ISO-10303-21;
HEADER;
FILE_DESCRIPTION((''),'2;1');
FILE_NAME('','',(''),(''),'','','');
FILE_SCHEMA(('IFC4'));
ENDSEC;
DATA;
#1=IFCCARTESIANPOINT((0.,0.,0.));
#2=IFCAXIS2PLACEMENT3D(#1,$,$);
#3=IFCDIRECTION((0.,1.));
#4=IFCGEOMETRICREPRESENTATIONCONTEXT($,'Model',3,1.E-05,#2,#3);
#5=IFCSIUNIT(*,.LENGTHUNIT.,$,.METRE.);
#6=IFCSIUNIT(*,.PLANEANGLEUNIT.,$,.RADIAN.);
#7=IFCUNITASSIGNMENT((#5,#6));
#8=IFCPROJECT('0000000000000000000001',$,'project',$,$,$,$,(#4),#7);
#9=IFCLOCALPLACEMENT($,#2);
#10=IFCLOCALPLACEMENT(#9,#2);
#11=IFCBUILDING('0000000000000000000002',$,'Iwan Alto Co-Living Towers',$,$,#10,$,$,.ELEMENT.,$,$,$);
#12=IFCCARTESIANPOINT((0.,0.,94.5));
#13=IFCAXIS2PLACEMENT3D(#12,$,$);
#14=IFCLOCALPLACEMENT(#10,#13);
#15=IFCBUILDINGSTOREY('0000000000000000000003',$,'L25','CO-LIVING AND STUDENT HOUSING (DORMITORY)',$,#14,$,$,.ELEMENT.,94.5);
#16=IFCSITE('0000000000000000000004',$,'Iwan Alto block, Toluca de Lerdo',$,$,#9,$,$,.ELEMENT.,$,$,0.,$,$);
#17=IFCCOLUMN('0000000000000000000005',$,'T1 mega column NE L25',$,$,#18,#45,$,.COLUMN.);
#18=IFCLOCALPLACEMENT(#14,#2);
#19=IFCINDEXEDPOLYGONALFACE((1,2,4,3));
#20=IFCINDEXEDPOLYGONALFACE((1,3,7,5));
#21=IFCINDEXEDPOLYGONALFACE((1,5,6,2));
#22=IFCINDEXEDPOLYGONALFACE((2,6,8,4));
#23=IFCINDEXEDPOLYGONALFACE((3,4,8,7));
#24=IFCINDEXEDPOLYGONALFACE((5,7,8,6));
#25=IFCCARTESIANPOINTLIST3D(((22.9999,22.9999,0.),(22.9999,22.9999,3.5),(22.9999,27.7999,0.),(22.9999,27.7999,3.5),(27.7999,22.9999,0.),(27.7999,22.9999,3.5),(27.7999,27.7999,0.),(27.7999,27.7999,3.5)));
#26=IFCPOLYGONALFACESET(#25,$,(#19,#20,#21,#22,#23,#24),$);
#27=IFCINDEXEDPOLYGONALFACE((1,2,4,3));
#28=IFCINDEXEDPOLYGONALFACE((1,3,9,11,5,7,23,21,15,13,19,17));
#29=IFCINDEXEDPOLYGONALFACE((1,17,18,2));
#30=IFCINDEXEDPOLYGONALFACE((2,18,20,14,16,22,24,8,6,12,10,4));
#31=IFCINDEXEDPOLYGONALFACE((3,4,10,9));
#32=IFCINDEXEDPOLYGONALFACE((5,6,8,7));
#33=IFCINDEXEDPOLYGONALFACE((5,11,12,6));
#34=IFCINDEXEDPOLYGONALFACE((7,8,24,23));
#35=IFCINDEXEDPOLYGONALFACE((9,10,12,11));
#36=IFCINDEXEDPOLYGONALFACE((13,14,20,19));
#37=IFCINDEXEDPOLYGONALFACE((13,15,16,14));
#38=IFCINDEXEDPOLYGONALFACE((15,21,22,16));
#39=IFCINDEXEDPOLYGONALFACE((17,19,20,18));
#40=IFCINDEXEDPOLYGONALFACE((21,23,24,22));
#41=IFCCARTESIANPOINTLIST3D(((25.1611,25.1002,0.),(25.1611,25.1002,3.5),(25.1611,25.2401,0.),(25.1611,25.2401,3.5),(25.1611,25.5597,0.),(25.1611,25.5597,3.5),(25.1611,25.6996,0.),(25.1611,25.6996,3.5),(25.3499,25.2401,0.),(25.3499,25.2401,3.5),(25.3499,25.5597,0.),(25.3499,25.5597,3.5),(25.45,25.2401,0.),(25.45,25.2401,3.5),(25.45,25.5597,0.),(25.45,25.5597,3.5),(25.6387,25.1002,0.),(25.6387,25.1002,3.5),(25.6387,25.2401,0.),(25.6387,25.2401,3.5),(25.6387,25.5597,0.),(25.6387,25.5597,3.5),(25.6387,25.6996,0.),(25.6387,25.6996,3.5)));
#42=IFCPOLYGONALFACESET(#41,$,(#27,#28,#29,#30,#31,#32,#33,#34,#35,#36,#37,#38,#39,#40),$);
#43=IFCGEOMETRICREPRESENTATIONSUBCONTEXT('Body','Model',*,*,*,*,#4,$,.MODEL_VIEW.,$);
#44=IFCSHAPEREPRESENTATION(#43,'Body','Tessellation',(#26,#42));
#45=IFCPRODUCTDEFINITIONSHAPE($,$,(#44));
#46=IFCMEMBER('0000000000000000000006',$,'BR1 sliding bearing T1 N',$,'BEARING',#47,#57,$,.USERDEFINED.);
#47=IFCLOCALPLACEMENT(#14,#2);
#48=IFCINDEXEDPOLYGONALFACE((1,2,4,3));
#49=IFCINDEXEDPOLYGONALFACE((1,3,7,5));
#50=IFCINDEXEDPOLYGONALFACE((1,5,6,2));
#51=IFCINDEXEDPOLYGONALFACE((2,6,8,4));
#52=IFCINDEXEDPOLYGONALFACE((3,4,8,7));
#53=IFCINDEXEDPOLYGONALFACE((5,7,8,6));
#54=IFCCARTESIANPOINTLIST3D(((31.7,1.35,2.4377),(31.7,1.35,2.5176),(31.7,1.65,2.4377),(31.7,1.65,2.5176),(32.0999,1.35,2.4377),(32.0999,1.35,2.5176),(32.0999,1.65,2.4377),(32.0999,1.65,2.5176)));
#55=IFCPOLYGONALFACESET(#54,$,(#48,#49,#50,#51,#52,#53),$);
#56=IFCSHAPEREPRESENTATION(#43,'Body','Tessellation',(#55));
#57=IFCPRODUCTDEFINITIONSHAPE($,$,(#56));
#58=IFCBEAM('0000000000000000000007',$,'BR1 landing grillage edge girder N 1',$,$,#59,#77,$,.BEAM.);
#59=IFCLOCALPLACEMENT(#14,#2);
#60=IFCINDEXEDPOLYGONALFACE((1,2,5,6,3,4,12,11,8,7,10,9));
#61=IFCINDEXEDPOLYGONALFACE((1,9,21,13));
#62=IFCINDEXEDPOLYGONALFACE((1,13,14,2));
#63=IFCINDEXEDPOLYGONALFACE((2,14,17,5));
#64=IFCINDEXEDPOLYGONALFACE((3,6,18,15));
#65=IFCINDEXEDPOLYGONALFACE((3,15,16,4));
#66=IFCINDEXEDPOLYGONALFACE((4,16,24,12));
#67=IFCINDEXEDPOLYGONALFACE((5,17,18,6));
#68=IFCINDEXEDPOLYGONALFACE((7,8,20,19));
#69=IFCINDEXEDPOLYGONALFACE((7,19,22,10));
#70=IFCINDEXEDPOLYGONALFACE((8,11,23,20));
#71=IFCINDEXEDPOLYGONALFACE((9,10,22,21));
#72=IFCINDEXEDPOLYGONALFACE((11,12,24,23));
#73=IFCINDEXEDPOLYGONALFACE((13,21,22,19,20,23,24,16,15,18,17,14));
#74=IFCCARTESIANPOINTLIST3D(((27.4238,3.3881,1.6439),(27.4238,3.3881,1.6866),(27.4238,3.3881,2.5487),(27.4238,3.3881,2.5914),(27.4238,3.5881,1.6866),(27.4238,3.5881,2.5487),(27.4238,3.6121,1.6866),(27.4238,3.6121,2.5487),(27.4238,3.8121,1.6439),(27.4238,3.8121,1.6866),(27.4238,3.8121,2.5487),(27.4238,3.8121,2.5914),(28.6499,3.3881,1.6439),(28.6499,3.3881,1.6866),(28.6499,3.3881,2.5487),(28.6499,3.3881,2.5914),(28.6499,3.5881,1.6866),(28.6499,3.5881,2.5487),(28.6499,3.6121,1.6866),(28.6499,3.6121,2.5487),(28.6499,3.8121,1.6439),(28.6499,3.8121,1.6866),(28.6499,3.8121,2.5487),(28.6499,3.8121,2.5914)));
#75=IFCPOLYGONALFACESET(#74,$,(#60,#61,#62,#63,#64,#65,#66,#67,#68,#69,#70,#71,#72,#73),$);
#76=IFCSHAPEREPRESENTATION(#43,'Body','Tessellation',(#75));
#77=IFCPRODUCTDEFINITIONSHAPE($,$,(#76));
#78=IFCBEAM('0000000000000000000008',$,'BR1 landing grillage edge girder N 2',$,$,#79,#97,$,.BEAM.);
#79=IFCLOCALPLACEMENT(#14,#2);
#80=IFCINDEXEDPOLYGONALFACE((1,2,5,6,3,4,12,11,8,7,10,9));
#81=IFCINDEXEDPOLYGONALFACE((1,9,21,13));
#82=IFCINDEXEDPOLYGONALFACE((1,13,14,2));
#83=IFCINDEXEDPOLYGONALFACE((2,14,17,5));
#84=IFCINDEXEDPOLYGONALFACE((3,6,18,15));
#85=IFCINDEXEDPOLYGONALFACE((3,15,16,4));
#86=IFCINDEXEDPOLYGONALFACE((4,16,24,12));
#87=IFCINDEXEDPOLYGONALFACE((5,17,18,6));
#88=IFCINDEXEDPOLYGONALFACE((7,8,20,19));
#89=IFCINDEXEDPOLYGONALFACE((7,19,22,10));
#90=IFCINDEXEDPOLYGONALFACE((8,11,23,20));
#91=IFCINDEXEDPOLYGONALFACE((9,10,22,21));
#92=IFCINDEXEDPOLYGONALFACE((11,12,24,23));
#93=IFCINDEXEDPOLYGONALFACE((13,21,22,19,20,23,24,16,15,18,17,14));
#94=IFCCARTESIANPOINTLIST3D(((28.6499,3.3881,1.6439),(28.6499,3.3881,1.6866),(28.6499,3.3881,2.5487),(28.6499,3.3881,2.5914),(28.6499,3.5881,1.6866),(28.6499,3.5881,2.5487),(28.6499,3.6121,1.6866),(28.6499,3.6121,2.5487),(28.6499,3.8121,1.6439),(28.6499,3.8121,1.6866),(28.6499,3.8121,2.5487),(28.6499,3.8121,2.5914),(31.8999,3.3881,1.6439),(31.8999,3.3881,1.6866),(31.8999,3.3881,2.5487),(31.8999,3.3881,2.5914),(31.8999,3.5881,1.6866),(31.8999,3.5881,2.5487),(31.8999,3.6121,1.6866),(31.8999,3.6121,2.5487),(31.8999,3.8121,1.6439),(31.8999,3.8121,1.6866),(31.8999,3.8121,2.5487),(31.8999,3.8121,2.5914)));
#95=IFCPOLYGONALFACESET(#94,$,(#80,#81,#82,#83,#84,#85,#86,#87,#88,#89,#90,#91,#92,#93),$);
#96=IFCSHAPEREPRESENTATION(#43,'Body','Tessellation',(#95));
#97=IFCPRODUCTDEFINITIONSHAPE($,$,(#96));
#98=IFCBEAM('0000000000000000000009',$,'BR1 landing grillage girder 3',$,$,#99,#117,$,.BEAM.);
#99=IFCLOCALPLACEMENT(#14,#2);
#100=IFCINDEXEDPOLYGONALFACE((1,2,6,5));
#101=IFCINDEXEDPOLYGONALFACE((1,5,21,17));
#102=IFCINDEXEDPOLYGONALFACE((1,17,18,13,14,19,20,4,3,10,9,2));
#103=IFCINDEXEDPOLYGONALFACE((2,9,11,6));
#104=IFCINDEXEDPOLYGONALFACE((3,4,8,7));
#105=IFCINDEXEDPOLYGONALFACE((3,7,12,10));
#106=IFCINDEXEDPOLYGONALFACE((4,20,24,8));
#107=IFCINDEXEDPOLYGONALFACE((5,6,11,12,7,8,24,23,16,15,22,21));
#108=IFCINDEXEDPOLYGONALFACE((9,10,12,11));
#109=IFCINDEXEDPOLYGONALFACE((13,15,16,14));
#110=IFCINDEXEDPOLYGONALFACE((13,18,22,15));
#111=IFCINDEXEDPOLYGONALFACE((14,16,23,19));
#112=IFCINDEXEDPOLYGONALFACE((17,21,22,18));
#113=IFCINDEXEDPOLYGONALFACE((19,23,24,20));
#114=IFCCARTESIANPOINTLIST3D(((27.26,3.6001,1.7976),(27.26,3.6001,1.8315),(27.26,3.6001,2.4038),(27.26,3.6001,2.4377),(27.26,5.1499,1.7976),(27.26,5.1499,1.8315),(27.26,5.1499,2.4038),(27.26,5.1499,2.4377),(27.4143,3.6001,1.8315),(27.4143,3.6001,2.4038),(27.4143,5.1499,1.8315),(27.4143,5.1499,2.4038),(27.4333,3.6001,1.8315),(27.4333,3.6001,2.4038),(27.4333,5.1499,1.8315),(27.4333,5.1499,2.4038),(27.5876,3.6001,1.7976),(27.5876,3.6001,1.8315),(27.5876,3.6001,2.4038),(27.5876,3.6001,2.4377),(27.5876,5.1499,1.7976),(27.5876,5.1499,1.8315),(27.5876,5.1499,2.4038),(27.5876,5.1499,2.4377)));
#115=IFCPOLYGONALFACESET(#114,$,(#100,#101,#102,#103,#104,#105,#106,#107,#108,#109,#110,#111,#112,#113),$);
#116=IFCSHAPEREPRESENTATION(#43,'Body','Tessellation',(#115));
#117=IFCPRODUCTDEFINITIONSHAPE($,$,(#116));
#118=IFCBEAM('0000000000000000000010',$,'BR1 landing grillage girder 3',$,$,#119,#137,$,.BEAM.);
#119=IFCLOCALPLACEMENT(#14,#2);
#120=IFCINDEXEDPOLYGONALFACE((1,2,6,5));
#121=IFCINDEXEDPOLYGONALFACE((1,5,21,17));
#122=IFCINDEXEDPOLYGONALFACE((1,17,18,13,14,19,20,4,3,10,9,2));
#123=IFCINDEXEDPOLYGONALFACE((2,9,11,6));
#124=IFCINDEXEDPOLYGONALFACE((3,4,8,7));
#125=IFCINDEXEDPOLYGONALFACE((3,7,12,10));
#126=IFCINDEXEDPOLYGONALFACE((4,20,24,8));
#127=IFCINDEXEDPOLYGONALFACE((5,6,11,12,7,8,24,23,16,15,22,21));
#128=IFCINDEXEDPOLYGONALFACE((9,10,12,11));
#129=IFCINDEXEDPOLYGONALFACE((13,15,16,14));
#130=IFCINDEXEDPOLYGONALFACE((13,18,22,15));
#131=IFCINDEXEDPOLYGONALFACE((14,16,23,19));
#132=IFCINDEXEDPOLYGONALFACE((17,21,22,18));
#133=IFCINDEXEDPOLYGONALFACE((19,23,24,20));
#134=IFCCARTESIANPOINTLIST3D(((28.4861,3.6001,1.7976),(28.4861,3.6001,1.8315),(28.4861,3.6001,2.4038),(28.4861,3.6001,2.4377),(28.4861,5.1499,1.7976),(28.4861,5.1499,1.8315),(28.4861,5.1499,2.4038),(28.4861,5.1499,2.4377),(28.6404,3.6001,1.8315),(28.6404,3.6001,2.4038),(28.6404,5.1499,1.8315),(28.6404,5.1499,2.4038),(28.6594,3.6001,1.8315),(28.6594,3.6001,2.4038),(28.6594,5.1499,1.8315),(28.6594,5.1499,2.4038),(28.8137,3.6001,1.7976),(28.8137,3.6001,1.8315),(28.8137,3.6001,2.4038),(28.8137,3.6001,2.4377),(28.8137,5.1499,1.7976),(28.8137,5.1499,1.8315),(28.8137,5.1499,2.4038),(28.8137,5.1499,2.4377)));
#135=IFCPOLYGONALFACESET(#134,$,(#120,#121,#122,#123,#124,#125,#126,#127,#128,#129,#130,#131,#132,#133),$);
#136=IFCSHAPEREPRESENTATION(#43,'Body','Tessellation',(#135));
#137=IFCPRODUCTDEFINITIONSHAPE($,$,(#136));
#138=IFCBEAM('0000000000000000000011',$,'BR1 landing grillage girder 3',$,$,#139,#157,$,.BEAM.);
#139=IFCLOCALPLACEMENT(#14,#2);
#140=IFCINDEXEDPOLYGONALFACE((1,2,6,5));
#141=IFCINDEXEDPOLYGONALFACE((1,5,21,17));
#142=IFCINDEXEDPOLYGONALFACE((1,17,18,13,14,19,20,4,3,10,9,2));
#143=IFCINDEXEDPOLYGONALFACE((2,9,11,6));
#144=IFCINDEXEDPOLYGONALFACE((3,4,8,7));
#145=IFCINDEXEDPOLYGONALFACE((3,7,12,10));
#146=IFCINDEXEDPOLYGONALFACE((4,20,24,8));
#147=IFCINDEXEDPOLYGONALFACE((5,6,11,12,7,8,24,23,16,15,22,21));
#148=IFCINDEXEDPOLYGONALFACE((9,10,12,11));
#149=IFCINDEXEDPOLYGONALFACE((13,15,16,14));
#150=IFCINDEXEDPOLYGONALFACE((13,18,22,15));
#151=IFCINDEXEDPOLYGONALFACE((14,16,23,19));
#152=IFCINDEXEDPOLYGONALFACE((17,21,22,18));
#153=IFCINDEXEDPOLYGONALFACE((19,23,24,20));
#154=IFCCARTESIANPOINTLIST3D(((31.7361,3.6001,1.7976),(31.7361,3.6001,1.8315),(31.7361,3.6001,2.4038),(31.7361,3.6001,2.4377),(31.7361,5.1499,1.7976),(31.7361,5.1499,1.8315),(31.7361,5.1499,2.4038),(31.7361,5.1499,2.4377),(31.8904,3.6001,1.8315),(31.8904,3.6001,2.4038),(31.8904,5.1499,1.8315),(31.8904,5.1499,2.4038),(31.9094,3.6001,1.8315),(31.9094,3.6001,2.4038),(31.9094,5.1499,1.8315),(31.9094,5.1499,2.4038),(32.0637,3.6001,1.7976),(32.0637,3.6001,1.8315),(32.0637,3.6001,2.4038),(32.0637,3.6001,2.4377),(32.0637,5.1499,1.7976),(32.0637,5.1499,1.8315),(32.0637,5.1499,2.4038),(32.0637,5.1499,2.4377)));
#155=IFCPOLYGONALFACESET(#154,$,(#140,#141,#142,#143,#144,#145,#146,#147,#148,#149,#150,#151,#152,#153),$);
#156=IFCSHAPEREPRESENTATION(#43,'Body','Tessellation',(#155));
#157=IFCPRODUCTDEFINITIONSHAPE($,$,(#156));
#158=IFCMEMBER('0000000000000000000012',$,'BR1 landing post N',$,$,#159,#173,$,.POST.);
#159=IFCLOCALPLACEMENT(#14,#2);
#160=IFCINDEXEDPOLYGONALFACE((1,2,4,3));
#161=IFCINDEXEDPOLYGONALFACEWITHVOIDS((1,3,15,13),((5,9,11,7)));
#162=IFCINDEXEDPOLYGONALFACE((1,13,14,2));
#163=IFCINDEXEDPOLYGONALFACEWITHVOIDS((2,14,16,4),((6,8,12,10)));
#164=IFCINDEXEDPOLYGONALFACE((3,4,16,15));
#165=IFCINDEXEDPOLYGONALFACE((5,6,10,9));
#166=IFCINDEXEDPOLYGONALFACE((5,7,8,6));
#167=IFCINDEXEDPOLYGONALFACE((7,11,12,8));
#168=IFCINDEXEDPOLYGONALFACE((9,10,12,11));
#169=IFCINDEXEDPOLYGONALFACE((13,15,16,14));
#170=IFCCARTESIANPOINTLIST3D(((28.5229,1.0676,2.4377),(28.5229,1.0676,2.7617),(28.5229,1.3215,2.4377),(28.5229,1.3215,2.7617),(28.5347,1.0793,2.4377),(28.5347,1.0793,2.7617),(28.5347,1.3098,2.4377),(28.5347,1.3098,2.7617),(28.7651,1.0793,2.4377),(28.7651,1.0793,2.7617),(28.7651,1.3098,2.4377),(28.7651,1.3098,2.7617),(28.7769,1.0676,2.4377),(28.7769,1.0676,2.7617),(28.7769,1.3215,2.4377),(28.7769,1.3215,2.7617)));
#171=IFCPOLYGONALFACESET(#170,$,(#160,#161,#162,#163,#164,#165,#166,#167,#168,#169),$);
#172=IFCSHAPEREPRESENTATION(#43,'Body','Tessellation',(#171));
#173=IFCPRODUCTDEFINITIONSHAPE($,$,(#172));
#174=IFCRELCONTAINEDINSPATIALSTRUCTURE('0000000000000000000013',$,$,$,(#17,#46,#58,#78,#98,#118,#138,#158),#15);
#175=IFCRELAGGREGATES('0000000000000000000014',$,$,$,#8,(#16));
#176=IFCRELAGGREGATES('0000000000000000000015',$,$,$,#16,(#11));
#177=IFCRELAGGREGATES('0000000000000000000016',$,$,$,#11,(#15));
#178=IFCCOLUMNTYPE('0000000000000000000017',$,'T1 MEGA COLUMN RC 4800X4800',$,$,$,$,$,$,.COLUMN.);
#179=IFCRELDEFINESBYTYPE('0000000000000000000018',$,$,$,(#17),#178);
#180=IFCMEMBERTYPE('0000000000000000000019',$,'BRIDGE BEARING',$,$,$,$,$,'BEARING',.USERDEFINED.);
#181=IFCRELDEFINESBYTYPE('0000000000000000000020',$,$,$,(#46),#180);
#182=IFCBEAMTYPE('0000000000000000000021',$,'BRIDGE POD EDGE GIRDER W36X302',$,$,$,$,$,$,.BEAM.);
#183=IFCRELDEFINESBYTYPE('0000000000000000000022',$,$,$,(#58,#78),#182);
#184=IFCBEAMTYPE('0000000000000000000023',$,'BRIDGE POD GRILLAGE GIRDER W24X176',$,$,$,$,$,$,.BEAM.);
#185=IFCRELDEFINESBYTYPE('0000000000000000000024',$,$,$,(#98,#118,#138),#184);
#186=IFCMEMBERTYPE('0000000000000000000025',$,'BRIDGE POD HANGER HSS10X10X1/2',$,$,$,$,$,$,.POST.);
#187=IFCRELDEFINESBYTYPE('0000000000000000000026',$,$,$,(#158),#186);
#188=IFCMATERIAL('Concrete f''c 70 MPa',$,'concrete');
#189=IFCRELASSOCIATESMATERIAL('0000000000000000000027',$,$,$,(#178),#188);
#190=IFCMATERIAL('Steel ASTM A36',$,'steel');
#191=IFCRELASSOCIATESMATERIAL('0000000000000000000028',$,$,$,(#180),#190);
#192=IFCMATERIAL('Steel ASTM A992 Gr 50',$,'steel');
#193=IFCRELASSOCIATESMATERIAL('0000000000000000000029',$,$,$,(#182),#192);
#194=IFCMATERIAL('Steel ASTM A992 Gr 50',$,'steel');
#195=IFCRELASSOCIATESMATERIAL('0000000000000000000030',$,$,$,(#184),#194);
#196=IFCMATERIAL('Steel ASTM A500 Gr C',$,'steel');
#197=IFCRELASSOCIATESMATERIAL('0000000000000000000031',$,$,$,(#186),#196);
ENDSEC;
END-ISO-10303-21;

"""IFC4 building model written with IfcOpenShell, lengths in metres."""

from ifc_helpers import new_model, si_unit, direction, frame, origin, origin_2d, place, context, subcontext, project, spatial, rectangle, hollow_rectangle, i_section, extrude, material, material_profile, profile_set, type_object, element, save


model = new_model("IFC4")

# Units and contexts
model_context = context("Model", 3, precision=1e-05, world=origin(), true_north=direction((0.0, 1.0)))
body_context = subcontext(model_context, "Body", "Model", "MODEL_VIEW")
ifc_project = project(units=[si_unit("LENGTHUNIT", "METRE"), si_unit("PLANEANGLEUNIT", "RADIAN")], contexts=[model_context])

# Site, building, storey
site_placement = place(None, origin())
site = spatial("IfcSite", under=ifc_project, at=site_placement, Name="Iwan Alto block, Toluca de Lerdo", CompositionType="ELEMENT", RefElevation=0.0)
building_placement = place(site_placement, origin())
building = spatial("IfcBuilding", under=site, at=building_placement, Name="Iwan Alto Co-Living Towers", CompositionType="ELEMENT")
storey_placement = place(building_placement, frame((0.0, 0.0, 94.5)))
storey = spatial("IfcBuildingStorey", under=building, at=storey_placement, Name="L25", Description="CO-LIVING AND STUDENT HOUSING (DORMITORY)", CompositionType="ELEMENT", Elevation=94.5)

# Column
ifc_material_1 = material(Name="Concrete f'c 70 MPa", Category="concrete")
ifc_material_profile_1 = material_profile(ifc_material_1, rectangle(XDim=4.8, YDim=4.8, at=origin_2d()), Name="RC 4800X4800")
ifc_profile_set_1 = profile_set([ifc_material_profile_1], Name="Concrete f'c 70 MPa")
column_type = type_object("IfcColumnType", Name="T1 MEGA COLUMN RC 4800X4800", PredefinedType="COLUMN", material=ifc_profile_set_1)
column_placement = place(storey_placement, frame((25.3999, 25.3999, 0.0), z_axis=(0.0, 0.0, 1.0), x_axis=(1.0, 0.0, 0.0)))
element("IfcColumn", 1, at=column_placement, inside=storey, type_object=column_type, Name="T1 mega column NE L25", PredefinedType="COLUMN", context=body_context, shape_type="SweptSolid", body=[
    extrude(rectangle(XDim=4.8, YDim=4.8, at=origin_2d()), origin(), (0.0, 0.0, 1.0), 3.5),
    extrude(i_section(OverallWidth=0.4775, OverallDepth=0.5994, WebThickness=0.1001, FlangeThickness=0.1399, at=origin_2d()), origin(), (0.0, 0.0, 1.0), 3.5),
])

# Member
ifc_material_2 = material(Name="Steel ASTM A36", Category="steel")
ifc_material_profile_2 = material_profile(ifc_material_2, rectangle(XDim=0.3999, YDim=0.3, at=origin_2d()), Name="BEARING 400X300")
ifc_profile_set_2 = profile_set([ifc_material_profile_2], Name="Steel ASTM A36")
member_type_1 = type_object("IfcMemberType", Name="BRIDGE BEARING", ElementType="BEARING", PredefinedType="USERDEFINED", material=ifc_profile_set_2)
member_1_placement = place(storey_placement, frame((31.8999, 1.5, 2.5176), z_axis=(0.0, 0.0, -1.0), x_axis=(1.0, 0.0, 0.0)))
element("IfcMember", 2, at=member_1_placement, inside=storey, type_object=member_type_1, Name="BR1 sliding bearing T1 N", ObjectType="BEARING", PredefinedType="USERDEFINED", context=body_context, shape_type="SweptSolid", body=[
    extrude(rectangle(XDim=0.3999, YDim=0.3, at=origin_2d()), origin(), (0.0, 0.0, 1.0), 0.0798),
])

# Beams
ifc_material_3 = material(Name="Steel ASTM A992 Gr 50", Category="steel")
ifc_material_profile_3 = material_profile(ifc_material_3, i_section(OverallWidth=0.4241, OverallDepth=0.9475, WebThickness=0.0239, FlangeThickness=0.0427, at=origin_2d()), Name="W36X302")
ifc_profile_set_3 = profile_set([ifc_material_profile_3], Name="Steel ASTM A992 Gr 50")
beam_type_1 = type_object("IfcBeamType", Name="BRIDGE POD EDGE GIRDER W36X302", PredefinedType="BEAM", material=ifc_profile_set_3)
beam_1_placement = place(storey_placement, frame((27.4238, 3.6001, 2.1177), z_axis=(1.0, 0.0, 0.0), x_axis=(0.0, 1.0, 0.0)))
element("IfcBeam", 3, at=beam_1_placement, inside=storey, type_object=beam_type_1, Name="BR1 landing grillage edge girder N 1", PredefinedType="BEAM", context=body_context, shape_type="SweptSolid", body=[
    extrude(i_section(OverallWidth=0.4241, OverallDepth=0.9475, WebThickness=0.0239, FlangeThickness=0.0427, at=origin_2d()), origin(), (0.0, 0.0, 1.0), 1.2261),
])
beam_2_placement = place(storey_placement, frame((28.6499, 3.6001, 2.1177), z_axis=(1.0, 0.0, 0.0), x_axis=(0.0, 1.0, 0.0)))
element("IfcBeam", 4, at=beam_2_placement, inside=storey, type_object=beam_type_1, Name="BR1 landing grillage edge girder N 2", PredefinedType="BEAM", context=body_context, shape_type="SweptSolid", body=[
    extrude(i_section(OverallWidth=0.4241, OverallDepth=0.9475, WebThickness=0.0239, FlangeThickness=0.0427, at=origin_2d()), origin(), (0.0, 0.0, 1.0), 3.25),
])
ifc_material_4 = material(Name="Steel ASTM A992 Gr 50", Category="steel")
ifc_material_profile_4 = material_profile(ifc_material_4, i_section(OverallWidth=0.3276, OverallDepth=0.6401, WebThickness=0.019, FlangeThickness=0.0339, at=origin_2d()), Name="W24X176")
ifc_profile_set_4 = profile_set([ifc_material_profile_4], Name="Steel ASTM A992 Gr 50")
beam_type_2 = type_object("IfcBeamType", Name="BRIDGE POD GRILLAGE GIRDER W24X176", PredefinedType="BEAM", material=ifc_profile_set_4)
for number, where, z_axis, x_axis, name in (
    (5, (27.4238, 3.6001, 2.1177), (0.0, 1.0, 0.0), (-1.0, 0.0, 0.0), "BR1 landing grillage girder 3"),
    (6, (28.6499, 3.6001, 2.1177), (0.0, 1.0, 0.0), (-1.0, 0.0, 0.0), "BR1 landing grillage girder 3"),
    (7, (31.8999, 3.6001, 2.1177), (0.0, 1.0, 0.0), (-1.0, 0.0, 0.0), "BR1 landing grillage girder 3"),
):
    element("IfcBeam", number, at=place(storey_placement, frame(where, z_axis=z_axis, x_axis=x_axis)), inside=storey, type_object=beam_type_2, Name=name, PredefinedType="BEAM", context=body_context, shape_type="SweptSolid", body=[
        extrude(i_section(OverallWidth=0.3276, OverallDepth=0.6401, WebThickness=0.019, FlangeThickness=0.0339, at=origin_2d()), origin(), (0.0, 0.0, 1.0), 1.5498),
    ])

# Member
ifc_material_5 = material(Name="Steel ASTM A500 Gr C", Category="steel")
ifc_material_profile_5 = material_profile(ifc_material_5, hollow_rectangle(XDim=0.2539, YDim=0.2539, WallThickness=0.0117, at=origin_2d()), Name="HSS10X10X1/2")
ifc_profile_set_5 = profile_set([ifc_material_profile_5], Name="Steel ASTM A500 Gr C")
member_type_2 = type_object("IfcMemberType", Name="BRIDGE POD HANGER HSS10X10X1/2", PredefinedType="POST", material=ifc_profile_set_5)
member_2_placement = place(storey_placement, frame((28.6499, 1.1946, 2.7617), z_axis=(0.0, 0.0, -1.0), x_axis=(1.0, 0.0, 0.0)))
element("IfcMember", 8, at=member_2_placement, inside=storey, type_object=member_type_2, Name="BR1 landing post N", PredefinedType="POST", context=body_context, shape_type="SweptSolid", body=[
    extrude(hollow_rectangle(XDim=0.2539, YDim=0.2539, WallThickness=0.0117, at=origin_2d()), origin(), (0.0, 0.0, 1.0), 0.324),
])

save(model, "model.ifc")
